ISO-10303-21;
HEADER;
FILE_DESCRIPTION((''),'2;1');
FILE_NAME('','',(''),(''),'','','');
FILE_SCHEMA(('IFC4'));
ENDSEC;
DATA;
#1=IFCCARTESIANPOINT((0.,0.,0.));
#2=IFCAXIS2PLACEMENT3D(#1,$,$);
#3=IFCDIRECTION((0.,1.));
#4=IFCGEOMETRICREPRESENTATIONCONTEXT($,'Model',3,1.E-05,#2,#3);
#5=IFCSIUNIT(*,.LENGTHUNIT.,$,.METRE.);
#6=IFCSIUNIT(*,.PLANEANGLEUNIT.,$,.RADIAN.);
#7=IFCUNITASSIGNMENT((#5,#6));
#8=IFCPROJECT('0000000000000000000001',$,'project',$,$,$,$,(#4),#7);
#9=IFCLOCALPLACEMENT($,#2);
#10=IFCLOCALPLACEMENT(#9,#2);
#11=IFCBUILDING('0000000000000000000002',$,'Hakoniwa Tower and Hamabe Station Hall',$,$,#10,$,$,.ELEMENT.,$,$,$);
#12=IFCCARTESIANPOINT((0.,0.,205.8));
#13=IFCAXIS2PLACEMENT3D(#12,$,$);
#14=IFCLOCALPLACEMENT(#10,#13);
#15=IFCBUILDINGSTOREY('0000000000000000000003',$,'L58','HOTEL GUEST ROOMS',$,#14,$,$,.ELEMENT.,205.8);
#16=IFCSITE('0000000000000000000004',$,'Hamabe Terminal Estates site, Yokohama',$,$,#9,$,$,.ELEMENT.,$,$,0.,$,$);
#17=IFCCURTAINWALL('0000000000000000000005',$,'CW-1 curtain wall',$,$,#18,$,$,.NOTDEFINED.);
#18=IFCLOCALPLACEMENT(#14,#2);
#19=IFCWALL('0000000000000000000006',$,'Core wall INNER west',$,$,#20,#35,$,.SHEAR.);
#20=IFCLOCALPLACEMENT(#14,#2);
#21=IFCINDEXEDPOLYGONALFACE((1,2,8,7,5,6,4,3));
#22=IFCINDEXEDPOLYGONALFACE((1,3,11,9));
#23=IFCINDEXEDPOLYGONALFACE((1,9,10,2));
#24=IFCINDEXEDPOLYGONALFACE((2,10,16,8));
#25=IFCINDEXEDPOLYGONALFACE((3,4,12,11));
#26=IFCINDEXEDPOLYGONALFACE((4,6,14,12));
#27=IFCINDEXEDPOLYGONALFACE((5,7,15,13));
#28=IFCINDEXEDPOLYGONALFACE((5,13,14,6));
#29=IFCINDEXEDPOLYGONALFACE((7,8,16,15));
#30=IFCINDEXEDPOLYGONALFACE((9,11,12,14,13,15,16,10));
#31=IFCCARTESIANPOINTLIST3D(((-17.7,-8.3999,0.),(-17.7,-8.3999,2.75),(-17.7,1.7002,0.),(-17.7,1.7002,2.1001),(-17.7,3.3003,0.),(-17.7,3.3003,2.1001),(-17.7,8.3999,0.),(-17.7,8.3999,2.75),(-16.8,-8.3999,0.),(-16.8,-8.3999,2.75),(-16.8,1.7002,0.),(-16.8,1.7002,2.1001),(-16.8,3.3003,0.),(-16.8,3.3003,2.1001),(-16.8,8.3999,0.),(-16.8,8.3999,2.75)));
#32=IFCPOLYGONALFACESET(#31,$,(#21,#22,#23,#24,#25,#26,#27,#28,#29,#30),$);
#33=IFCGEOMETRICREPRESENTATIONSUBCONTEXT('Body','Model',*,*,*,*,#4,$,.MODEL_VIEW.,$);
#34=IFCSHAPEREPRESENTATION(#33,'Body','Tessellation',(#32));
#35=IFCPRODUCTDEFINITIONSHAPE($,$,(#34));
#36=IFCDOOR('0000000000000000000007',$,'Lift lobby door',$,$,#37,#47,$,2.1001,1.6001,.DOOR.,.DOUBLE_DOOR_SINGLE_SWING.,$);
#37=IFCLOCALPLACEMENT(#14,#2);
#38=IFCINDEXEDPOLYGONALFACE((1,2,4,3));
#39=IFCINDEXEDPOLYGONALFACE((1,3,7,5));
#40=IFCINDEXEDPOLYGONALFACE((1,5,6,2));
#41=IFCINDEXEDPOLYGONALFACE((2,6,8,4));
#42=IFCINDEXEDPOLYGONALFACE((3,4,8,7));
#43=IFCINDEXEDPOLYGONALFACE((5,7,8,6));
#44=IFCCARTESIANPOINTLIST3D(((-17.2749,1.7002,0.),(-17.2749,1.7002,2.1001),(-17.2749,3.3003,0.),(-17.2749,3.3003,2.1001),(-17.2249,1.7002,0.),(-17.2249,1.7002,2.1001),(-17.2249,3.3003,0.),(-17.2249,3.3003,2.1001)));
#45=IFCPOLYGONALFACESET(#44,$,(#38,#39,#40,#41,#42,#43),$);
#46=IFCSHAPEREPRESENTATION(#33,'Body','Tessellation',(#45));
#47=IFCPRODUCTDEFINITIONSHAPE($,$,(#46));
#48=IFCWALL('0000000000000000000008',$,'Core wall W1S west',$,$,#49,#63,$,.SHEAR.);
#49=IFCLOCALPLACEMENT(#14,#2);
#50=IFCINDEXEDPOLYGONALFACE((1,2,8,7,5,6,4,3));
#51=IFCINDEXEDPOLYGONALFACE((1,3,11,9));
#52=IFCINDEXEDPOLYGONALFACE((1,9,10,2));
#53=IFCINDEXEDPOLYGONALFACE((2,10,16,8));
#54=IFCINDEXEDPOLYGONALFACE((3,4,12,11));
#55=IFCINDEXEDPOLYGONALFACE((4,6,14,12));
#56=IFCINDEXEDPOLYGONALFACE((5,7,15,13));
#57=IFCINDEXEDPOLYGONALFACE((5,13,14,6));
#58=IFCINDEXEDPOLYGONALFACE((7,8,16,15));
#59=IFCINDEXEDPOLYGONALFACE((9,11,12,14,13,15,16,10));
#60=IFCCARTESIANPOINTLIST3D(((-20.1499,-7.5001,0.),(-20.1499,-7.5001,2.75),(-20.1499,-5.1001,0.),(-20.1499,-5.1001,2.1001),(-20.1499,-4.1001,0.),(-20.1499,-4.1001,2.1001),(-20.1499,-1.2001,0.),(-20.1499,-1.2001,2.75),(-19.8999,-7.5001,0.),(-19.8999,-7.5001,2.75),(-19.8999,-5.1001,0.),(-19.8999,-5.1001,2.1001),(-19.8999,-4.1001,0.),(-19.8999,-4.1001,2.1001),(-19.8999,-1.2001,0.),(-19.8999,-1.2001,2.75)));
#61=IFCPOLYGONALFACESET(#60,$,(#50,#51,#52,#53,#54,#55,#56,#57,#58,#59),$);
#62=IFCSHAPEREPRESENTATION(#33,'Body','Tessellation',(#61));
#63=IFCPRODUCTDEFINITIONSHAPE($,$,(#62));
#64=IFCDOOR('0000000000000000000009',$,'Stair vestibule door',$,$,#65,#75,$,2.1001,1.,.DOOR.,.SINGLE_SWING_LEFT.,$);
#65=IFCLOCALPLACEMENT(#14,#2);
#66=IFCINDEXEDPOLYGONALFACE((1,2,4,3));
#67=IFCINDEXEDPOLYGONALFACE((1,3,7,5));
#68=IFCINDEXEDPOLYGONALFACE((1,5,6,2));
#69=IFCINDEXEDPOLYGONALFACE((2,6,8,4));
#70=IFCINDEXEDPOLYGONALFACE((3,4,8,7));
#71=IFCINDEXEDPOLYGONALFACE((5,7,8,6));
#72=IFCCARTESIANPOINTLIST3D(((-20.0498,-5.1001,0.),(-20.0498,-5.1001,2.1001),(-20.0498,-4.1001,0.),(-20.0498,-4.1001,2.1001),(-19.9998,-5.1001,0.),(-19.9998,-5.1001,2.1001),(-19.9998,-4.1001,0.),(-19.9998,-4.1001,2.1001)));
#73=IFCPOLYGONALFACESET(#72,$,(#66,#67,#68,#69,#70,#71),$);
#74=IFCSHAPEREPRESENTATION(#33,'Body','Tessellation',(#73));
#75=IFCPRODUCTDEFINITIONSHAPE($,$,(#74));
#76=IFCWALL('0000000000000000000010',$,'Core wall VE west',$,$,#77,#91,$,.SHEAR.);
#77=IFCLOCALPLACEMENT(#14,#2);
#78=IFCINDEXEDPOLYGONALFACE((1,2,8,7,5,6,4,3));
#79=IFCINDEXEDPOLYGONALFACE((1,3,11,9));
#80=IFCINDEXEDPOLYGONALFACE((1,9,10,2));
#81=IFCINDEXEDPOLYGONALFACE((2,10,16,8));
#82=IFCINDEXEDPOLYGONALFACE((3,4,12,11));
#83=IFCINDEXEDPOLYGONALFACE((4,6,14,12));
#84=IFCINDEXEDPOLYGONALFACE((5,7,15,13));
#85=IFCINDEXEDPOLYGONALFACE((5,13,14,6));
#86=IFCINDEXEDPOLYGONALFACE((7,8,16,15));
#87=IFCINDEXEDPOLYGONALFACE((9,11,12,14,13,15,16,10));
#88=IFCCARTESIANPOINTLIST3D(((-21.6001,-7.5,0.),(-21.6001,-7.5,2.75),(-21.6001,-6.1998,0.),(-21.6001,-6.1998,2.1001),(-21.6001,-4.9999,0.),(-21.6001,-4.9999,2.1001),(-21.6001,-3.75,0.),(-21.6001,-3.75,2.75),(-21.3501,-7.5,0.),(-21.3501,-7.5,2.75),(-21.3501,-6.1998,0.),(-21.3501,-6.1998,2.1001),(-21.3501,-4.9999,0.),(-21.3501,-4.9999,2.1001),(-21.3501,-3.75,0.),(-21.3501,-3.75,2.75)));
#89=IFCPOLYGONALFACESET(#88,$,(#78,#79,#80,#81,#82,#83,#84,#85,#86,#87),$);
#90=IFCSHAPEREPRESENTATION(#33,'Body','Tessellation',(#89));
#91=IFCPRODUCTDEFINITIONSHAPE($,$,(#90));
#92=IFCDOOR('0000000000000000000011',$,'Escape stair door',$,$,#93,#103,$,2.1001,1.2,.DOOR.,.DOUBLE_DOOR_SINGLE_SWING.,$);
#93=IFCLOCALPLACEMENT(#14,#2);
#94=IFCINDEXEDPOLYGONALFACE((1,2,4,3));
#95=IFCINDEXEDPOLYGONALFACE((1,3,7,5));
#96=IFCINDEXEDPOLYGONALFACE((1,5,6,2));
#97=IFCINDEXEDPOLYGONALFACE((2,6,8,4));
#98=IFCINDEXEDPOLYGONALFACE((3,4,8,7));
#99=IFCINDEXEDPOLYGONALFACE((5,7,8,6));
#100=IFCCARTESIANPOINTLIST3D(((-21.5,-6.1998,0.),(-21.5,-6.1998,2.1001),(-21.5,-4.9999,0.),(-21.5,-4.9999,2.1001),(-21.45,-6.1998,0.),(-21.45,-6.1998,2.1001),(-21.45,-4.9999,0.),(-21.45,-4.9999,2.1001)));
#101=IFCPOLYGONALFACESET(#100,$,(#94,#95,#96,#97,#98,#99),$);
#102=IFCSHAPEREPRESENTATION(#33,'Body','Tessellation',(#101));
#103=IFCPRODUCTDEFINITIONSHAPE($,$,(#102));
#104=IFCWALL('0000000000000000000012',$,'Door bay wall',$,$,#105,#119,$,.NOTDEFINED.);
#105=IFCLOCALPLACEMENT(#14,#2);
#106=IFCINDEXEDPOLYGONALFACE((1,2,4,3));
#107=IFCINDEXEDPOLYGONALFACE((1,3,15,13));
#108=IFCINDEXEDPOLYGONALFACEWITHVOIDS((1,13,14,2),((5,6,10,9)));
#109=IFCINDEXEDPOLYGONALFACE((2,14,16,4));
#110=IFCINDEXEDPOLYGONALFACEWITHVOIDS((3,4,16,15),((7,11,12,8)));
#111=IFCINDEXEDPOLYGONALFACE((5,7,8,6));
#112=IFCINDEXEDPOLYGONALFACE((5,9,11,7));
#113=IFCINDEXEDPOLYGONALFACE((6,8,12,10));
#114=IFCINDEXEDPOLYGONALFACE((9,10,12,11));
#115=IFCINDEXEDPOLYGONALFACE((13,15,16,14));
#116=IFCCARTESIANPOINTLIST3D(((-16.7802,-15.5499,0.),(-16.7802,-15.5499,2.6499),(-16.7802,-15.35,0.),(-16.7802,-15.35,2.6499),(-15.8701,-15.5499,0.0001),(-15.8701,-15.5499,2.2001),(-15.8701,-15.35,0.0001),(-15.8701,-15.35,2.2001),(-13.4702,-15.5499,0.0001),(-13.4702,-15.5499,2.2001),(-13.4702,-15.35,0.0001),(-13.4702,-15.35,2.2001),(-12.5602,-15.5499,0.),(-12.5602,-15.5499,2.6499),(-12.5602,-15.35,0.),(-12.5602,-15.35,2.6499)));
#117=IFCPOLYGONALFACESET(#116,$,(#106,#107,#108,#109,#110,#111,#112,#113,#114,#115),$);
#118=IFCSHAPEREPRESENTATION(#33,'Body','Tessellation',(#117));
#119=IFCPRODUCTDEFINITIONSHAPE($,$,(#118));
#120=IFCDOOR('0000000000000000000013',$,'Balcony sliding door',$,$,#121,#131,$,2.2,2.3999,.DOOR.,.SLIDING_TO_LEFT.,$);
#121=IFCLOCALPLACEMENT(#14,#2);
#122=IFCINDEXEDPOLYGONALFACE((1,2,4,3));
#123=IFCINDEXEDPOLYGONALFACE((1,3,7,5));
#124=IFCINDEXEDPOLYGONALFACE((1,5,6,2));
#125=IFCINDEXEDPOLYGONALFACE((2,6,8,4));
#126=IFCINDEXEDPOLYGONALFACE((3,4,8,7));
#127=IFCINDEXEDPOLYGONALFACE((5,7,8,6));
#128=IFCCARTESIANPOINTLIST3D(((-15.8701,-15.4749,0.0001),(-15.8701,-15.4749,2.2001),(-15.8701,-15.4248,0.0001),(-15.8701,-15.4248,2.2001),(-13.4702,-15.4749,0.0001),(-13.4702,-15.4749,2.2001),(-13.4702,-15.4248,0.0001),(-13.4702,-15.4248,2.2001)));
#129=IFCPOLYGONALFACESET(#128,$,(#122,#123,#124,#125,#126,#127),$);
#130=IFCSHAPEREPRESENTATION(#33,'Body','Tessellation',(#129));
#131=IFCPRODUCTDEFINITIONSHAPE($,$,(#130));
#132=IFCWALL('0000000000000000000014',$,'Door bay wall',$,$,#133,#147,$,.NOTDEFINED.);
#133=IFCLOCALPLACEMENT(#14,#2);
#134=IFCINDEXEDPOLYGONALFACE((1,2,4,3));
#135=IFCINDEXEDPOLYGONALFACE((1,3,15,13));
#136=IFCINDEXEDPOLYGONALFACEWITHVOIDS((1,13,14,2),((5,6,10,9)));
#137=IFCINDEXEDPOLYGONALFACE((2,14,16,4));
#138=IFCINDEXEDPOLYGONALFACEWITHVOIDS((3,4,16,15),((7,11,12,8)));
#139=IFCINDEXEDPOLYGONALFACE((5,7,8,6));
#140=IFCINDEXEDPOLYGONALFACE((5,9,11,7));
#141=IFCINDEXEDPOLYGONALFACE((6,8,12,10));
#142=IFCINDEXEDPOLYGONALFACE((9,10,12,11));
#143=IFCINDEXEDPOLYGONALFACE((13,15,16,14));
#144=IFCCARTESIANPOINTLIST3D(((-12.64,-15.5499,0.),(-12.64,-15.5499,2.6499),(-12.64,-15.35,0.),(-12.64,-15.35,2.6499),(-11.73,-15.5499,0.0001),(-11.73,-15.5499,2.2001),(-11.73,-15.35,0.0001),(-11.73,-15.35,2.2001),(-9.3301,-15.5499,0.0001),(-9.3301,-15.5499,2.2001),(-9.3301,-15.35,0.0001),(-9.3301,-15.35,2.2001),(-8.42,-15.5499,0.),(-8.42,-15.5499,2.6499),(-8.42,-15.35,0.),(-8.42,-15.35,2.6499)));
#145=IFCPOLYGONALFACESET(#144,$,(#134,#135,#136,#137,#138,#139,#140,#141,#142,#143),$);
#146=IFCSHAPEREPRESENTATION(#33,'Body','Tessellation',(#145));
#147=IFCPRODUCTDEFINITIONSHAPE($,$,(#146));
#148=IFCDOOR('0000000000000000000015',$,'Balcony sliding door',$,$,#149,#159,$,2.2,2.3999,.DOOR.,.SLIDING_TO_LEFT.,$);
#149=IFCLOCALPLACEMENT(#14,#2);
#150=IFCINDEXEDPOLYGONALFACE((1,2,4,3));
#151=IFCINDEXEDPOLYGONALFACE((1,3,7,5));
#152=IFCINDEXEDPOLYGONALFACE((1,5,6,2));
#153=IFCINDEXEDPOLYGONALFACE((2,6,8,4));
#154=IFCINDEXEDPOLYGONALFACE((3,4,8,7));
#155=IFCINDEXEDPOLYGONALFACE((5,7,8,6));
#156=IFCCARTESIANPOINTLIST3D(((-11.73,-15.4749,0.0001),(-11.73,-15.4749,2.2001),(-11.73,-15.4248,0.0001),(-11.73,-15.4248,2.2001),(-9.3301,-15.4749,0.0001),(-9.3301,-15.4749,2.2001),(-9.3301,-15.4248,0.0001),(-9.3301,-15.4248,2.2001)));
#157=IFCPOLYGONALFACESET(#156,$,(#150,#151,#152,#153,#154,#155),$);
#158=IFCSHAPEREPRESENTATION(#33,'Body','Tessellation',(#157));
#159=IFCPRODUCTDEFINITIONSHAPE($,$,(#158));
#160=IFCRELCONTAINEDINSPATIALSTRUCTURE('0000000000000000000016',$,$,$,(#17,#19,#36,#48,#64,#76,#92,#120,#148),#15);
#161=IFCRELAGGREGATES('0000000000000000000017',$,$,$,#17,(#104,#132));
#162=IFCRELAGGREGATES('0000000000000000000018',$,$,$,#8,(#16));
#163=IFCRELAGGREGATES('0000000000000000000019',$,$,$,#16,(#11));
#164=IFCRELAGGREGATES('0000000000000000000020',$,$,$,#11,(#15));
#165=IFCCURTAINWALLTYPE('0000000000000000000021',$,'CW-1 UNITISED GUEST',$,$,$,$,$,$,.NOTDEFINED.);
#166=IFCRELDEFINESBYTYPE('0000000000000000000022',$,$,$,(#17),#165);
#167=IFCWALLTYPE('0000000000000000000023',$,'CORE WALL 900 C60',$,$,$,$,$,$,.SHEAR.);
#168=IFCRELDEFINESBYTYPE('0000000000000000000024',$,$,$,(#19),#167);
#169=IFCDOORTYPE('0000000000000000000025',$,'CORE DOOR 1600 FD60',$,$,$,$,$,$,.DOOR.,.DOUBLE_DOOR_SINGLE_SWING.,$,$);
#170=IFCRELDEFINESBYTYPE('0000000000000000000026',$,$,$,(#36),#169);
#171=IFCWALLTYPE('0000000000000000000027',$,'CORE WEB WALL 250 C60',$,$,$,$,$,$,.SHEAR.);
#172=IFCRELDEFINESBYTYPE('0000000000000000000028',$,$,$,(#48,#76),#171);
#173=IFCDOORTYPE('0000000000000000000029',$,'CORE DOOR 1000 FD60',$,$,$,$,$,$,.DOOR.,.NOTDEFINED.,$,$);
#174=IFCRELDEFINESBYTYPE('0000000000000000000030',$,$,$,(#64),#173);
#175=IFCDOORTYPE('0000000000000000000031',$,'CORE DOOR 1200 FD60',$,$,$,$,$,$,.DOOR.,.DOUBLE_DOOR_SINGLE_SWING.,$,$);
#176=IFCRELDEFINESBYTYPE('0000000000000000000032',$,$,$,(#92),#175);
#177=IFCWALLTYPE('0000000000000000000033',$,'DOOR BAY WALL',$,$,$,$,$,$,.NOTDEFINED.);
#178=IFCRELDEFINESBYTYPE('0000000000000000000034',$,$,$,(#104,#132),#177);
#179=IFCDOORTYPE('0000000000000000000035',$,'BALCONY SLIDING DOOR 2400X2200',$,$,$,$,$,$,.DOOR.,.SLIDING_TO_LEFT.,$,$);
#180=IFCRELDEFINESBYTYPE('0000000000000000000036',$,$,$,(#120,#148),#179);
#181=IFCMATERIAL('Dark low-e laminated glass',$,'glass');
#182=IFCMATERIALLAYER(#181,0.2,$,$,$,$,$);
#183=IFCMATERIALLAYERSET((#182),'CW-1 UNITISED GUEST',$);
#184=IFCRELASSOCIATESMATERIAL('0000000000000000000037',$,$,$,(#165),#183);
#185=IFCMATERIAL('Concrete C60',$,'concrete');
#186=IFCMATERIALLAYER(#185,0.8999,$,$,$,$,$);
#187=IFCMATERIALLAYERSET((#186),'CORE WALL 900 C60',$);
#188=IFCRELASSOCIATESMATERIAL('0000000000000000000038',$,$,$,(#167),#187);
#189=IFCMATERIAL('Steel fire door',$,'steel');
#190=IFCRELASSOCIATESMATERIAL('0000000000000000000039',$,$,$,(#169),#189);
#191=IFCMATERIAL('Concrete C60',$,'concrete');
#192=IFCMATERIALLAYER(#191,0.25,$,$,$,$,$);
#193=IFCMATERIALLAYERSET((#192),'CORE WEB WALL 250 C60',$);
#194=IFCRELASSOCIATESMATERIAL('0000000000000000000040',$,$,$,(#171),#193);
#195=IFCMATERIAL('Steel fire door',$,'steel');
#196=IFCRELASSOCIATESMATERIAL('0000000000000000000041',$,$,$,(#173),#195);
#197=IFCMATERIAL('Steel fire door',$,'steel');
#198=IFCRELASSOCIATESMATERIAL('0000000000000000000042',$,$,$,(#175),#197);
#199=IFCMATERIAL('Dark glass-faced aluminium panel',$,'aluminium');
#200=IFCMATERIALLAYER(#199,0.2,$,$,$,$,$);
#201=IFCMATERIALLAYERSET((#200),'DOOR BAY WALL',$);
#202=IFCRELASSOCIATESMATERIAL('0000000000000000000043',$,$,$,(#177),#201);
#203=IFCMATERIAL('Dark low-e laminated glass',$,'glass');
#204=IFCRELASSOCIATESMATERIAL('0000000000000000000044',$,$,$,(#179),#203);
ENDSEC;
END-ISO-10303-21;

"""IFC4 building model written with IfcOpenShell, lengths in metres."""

from ifc_helpers import new_model, si_unit, direction, frame, frame_2d, origin, place, context, subcontext, project, spatial, rectangle, extrude, material, layer, layer_set, type_object, element, fill, aggregate, save


model = new_model("IFC4")

# Units and contexts
model_context = context("Model", 3, precision=1e-05, world=origin(), true_north=direction((0.0, 1.0)))
body_context = subcontext(model_context, "Body", "Model", "MODEL_VIEW")
ifc_project = project(units=[si_unit("LENGTHUNIT", "METRE"), si_unit("PLANEANGLEUNIT", "RADIAN")], contexts=[model_context])

# Site, building, storey
site_placement = place(None, origin())
site = spatial("IfcSite", under=ifc_project, at=site_placement, Name="Hamabe Terminal Estates site, Yokohama", CompositionType="ELEMENT", RefElevation=0.0)
building_placement = place(site_placement, origin())
building = spatial("IfcBuilding", under=site, at=building_placement, Name="Hakoniwa Tower and Hamabe Station Hall", CompositionType="ELEMENT")
storey_placement = place(building_placement, frame((0.0, 0.0, 205.8)))
storey = spatial("IfcBuildingStorey", under=building, at=storey_placement, Name="L58", Description="HOTEL GUEST ROOMS", CompositionType="ELEMENT", Elevation=205.8)

# Curtain wall
ifc_material_1 = material(Name="Dark low-e laminated glass", Category="glass")
ifc_layer_1 = layer(ifc_material_1, 0.2)
ifc_layer_set_1 = layer_set([ifc_layer_1], Name="CW-1 UNITISED GUEST")
curtain_wall_type = type_object("IfcCurtainWallType", Name="CW-1 UNITISED GUEST", PredefinedType="NOTDEFINED", material=ifc_layer_set_1)
curtain_wall_placement = place(storey_placement, origin())
curtain_wall = element("IfcCurtainWall", 1, at=curtain_wall_placement, inside=storey, type_object=curtain_wall_type, Name="CW-1 curtain wall", PredefinedType="NOTDEFINED")

# Walls, openings, doors
ifc_material_2 = material(Name="Concrete C60", Category="concrete")
ifc_layer_2 = layer(ifc_material_2, 0.8999)
ifc_layer_set_2 = layer_set([ifc_layer_2], Name="CORE WALL 900 C60")
wall_type_1 = type_object("IfcWallType", Name="CORE WALL 900 C60", PredefinedType="SHEAR", material=ifc_layer_set_2)
wall_1_placement = place(storey_placement, frame((-17.25, -8.3999, 0.0), z_axis=(0.0, 0.0, 1.0), x_axis=(0.0, 1.0, 0.0)))
wall_1 = element("IfcWall", 2, at=wall_1_placement, inside=storey, type_object=wall_type_1, Name="Core wall INNER west", PredefinedType="SHEAR", context=body_context, shape_type="SweptSolid", body=[
    extrude(rectangle(XDim=16.7998, YDim=0.8999, at=frame_2d((8.3999, 0.0))), origin(), (0.0, 0.0, 1.0), 2.75),
])
opening_1_placement = place(wall_1_placement, frame((10.1001, 0.0, 0.0)))
opening_1 = element("IfcOpeningElement", 3, at=opening_1_placement, cuts=wall_1, PredefinedType="OPENING", context=body_context, shape_type="SweptSolid", body=[
    extrude(rectangle(XDim=1.6001, YDim=2.1001, at=frame_2d((0.8, 1.05))), frame((0.0, 0.46, 0.0), z_axis=(0.0, -1.0, 0.0), x_axis=(1.0, 0.0, 0.0)), (0.0, 0.0, 1.0), 0.9199),
])
ifc_material_3 = material(Name="Steel fire door", Category="steel")
door_type_1 = type_object("IfcDoorType", Name="CORE DOOR 1600 FD60", OperationType="DOUBLE_DOOR_SINGLE_SWING", PredefinedType="DOOR", material=ifc_material_3)
door_1_placement = place(opening_1_placement, origin())
door_1 = element("IfcDoor", 4, at=door_1_placement, inside=storey, type_object=door_type_1, Name="Lift lobby door", OperationType="DOUBLE_DOOR_SINGLE_SWING", OverallHeight=2.1001, OverallWidth=1.6001, PredefinedType="DOOR", context=body_context, shape_type="SweptSolid", body=[
    extrude(rectangle(XDim=1.6001, YDim=2.1001, at=frame_2d((0.8, 1.05))), frame((0.0, 0.0249, 0.0), z_axis=(0.0, -1.0, 0.0), x_axis=(1.0, 0.0, 0.0)), (0.0, 0.0, 1.0), 0.05),
])
fill(opening_1, door_1)
ifc_material_4 = material(Name="Concrete C60", Category="concrete")
ifc_layer_3 = layer(ifc_material_4, 0.25)
ifc_layer_set_3 = layer_set([ifc_layer_3], Name="CORE WEB WALL 250 C60")
wall_type_2 = type_object("IfcWallType", Name="CORE WEB WALL 250 C60", PredefinedType="SHEAR", material=ifc_layer_set_3)
wall_2_placement = place(storey_placement, frame((-20.0249, -7.5, 0.0), z_axis=(0.0, 0.0, 1.0), x_axis=(0.0, 1.0, 0.0)))
wall_2 = element("IfcWall", 5, at=wall_2_placement, inside=storey, type_object=wall_type_2, Name="Core wall W1S west", PredefinedType="SHEAR", context=body_context, shape_type="SweptSolid", body=[
    extrude(rectangle(XDim=6.3, YDim=0.25, at=frame_2d((3.1499, 0.0))), origin(), (0.0, 0.0, 1.0), 2.75),
])
opening_2_placement = place(wall_2_placement, frame((2.3999, 0.0, 0.0)))
opening_2 = element("IfcOpeningElement", 6, at=opening_2_placement, cuts=wall_2, PredefinedType="OPENING", context=body_context, shape_type="SweptSolid", body=[
    extrude(rectangle(XDim=1.0, YDim=2.1001, at=frame_2d((0.5, 1.05))), frame((0.0, 0.135, 0.0), z_axis=(0.0, -1.0, 0.0), x_axis=(1.0, 0.0, 0.0)), (0.0, 0.0, 1.0), 0.27),
])
ifc_material_5 = material(Name="Steel fire door", Category="steel")
door_type_2 = type_object("IfcDoorType", Name="CORE DOOR 1000 FD60", OperationType="NOTDEFINED", PredefinedType="DOOR", material=ifc_material_5)
door_2_placement = place(opening_2_placement, origin())
door_2 = element("IfcDoor", 7, at=door_2_placement, inside=storey, type_object=door_type_2, Name="Stair vestibule door", OperationType="SINGLE_SWING_LEFT", OverallHeight=2.1001, OverallWidth=1.0, PredefinedType="DOOR", context=body_context, shape_type="SweptSolid", body=[
    extrude(rectangle(XDim=1.0, YDim=2.1001, at=frame_2d((0.5, 1.05))), frame((0.0, 0.0249, 0.0), z_axis=(0.0, -1.0, 0.0), x_axis=(1.0, 0.0, 0.0)), (0.0, 0.0, 1.0), 0.05),
])
fill(opening_2, door_2)
wall_3_placement = place(storey_placement, frame((-21.4751, -7.5, 0.0), z_axis=(0.0, 0.0, 1.0), x_axis=(0.0, 1.0, 0.0)))
wall_3 = element("IfcWall", 8, at=wall_3_placement, inside=storey, type_object=wall_type_2, Name="Core wall VE west", PredefinedType="SHEAR", context=body_context, shape_type="SweptSolid", body=[
    extrude(rectangle(XDim=3.75, YDim=0.25, at=frame_2d((1.875, 0.0))), origin(), (0.0, 0.0, 1.0), 2.75),
])
opening_3_placement = place(wall_3_placement, frame((1.3, 0.0, 0.0)))
opening_3 = element("IfcOpeningElement", 9, at=opening_3_placement, cuts=wall_3, PredefinedType="OPENING", context=body_context, shape_type="SweptSolid", body=[
    extrude(rectangle(XDim=1.2, YDim=2.1001, at=frame_2d((0.6001, 1.05))), frame((0.0, 0.135, 0.0), z_axis=(0.0, -1.0, 0.0), x_axis=(1.0, 0.0, 0.0)), (0.0, 0.0, 1.0), 0.27),
])
ifc_material_6 = material(Name="Steel fire door", Category="steel")
door_type_3 = type_object("IfcDoorType", Name="CORE DOOR 1200 FD60", OperationType="DOUBLE_DOOR_SINGLE_SWING", PredefinedType="DOOR", material=ifc_material_6)
door_3_placement = place(opening_3_placement, origin())
door_3 = element("IfcDoor", 10, at=door_3_placement, inside=storey, type_object=door_type_3, Name="Escape stair door", OperationType="DOUBLE_DOOR_SINGLE_SWING", OverallHeight=2.1001, OverallWidth=1.2, PredefinedType="DOOR", context=body_context, shape_type="SweptSolid", body=[
    extrude(rectangle(XDim=1.2, YDim=2.1001, at=frame_2d((0.6001, 1.05))), frame((0.0, 0.0249, 0.0), z_axis=(0.0, -1.0, 0.0), x_axis=(1.0, 0.0, 0.0)), (0.0, 0.0, 1.0), 0.05),
])
fill(opening_3, door_3)
ifc_material_7 = material(Name="Dark glass-faced aluminium panel", Category="aluminium")
ifc_layer_4 = layer(ifc_material_7, 0.2)
ifc_layer_set_4 = layer_set([ifc_layer_4], Name="DOOR BAY WALL")
wall_type_3 = type_object("IfcWallType", Name="DOOR BAY WALL", PredefinedType="NOTDEFINED", material=ifc_layer_set_4)
wall_4_placement = place(storey_placement, frame((-16.78, -15.45, 0.0), z_axis=(0.0, 0.0, 1.0), x_axis=(1.0, 0.0, 0.0)))
wall_4 = element("IfcWall", 11, at=wall_4_placement, type_object=wall_type_3, Name="Door bay wall", PredefinedType="NOTDEFINED", context=body_context, shape_type="SweptSolid", body=[
    extrude(rectangle(XDim=4.22, YDim=0.2, at=frame_2d((2.1099, 0.0))), origin(), (0.0, 0.0, 1.0), 2.6499),
])
opening_4_placement = place(wall_4_placement, frame((0.9099, 0.0, 0.0)))
opening_4 = element("IfcOpeningElement", 12, at=opening_4_placement, cuts=wall_4, PredefinedType="OPENING", context=body_context, shape_type="SweptSolid", body=[
    extrude(rectangle(XDim=2.3999, YDim=2.2, at=frame_2d((1.2, 1.1001))), frame((0.0, 0.1099, 0.0), z_axis=(0.0, -1.0, 0.0), x_axis=(1.0, 0.0, 0.0)), (0.0, 0.0, 1.0), 0.22),
])
ifc_material_8 = material(Name="Dark low-e laminated glass", Category="glass")
door_type_4 = type_object("IfcDoorType", Name="BALCONY SLIDING DOOR 2400X2200", OperationType="SLIDING_TO_LEFT", PredefinedType="DOOR", material=ifc_material_8)
door_4_placement = place(opening_4_placement, frame((2.3999, 0.0, 0.0), z_axis=(0.0, 0.0, 1.0), x_axis=(-1.0, 0.0, 0.0)))
door_4 = element("IfcDoor", 13, at=door_4_placement, inside=storey, type_object=door_type_4, Name="Balcony sliding door", OperationType="SLIDING_TO_LEFT", OverallHeight=2.2, OverallWidth=2.3999, PredefinedType="DOOR", context=body_context, shape_type="SweptSolid", body=[
    extrude(rectangle(XDim=2.3999, YDim=2.2, at=frame_2d((1.2, 1.1001))), frame((0.0, 0.0249, 0.0), z_axis=(0.0, -1.0, 0.0), x_axis=(1.0, 0.0, 0.0)), (0.0, 0.0, 1.0), 0.05),
])
fill(opening_4, door_4)
wall_5_placement = place(storey_placement, frame((-12.6399, -15.45, 0.0), z_axis=(0.0, 0.0, 1.0), x_axis=(1.0, 0.0, 0.0)))
wall_5 = element("IfcWall", 14, at=wall_5_placement, type_object=wall_type_3, Name="Door bay wall", PredefinedType="NOTDEFINED", context=body_context, shape_type="SweptSolid", body=[
    extrude(rectangle(XDim=4.22, YDim=0.2, at=frame_2d((2.1099, 0.0))), origin(), (0.0, 0.0, 1.0), 2.6499),
])
opening_5_placement = place(wall_5_placement, frame((0.9099, 0.0, 0.0)))
opening_5 = element("IfcOpeningElement", 15, at=opening_5_placement, cuts=wall_5, PredefinedType="OPENING", context=body_context, shape_type="SweptSolid", body=[
    extrude(rectangle(XDim=2.3999, YDim=2.2, at=frame_2d((1.2, 1.1001))), frame((0.0, 0.1099, 0.0), z_axis=(0.0, -1.0, 0.0), x_axis=(1.0, 0.0, 0.0)), (0.0, 0.0, 1.0), 0.22),
])
door_5_placement = place(opening_5_placement, frame((2.3999, 0.0, 0.0), z_axis=(0.0, 0.0, 1.0), x_axis=(-1.0, 0.0, 0.0)))
door_5 = element("IfcDoor", 16, at=door_5_placement, inside=storey, type_object=door_type_4, Name="Balcony sliding door", OperationType="SLIDING_TO_LEFT", OverallHeight=2.2, OverallWidth=2.3999, PredefinedType="DOOR", context=body_context, shape_type="SweptSolid", body=[
    extrude(rectangle(XDim=2.3999, YDim=2.2, at=frame_2d((1.2, 1.1001))), frame((0.0, 0.0249, 0.0), z_axis=(0.0, -1.0, 0.0), x_axis=(1.0, 0.0, 0.0)), (0.0, 0.0, 1.0), 0.05),
])
fill(opening_5, door_5)
aggregate(curtain_wall, [wall_4, wall_5])

save(model, "model.ifc")
